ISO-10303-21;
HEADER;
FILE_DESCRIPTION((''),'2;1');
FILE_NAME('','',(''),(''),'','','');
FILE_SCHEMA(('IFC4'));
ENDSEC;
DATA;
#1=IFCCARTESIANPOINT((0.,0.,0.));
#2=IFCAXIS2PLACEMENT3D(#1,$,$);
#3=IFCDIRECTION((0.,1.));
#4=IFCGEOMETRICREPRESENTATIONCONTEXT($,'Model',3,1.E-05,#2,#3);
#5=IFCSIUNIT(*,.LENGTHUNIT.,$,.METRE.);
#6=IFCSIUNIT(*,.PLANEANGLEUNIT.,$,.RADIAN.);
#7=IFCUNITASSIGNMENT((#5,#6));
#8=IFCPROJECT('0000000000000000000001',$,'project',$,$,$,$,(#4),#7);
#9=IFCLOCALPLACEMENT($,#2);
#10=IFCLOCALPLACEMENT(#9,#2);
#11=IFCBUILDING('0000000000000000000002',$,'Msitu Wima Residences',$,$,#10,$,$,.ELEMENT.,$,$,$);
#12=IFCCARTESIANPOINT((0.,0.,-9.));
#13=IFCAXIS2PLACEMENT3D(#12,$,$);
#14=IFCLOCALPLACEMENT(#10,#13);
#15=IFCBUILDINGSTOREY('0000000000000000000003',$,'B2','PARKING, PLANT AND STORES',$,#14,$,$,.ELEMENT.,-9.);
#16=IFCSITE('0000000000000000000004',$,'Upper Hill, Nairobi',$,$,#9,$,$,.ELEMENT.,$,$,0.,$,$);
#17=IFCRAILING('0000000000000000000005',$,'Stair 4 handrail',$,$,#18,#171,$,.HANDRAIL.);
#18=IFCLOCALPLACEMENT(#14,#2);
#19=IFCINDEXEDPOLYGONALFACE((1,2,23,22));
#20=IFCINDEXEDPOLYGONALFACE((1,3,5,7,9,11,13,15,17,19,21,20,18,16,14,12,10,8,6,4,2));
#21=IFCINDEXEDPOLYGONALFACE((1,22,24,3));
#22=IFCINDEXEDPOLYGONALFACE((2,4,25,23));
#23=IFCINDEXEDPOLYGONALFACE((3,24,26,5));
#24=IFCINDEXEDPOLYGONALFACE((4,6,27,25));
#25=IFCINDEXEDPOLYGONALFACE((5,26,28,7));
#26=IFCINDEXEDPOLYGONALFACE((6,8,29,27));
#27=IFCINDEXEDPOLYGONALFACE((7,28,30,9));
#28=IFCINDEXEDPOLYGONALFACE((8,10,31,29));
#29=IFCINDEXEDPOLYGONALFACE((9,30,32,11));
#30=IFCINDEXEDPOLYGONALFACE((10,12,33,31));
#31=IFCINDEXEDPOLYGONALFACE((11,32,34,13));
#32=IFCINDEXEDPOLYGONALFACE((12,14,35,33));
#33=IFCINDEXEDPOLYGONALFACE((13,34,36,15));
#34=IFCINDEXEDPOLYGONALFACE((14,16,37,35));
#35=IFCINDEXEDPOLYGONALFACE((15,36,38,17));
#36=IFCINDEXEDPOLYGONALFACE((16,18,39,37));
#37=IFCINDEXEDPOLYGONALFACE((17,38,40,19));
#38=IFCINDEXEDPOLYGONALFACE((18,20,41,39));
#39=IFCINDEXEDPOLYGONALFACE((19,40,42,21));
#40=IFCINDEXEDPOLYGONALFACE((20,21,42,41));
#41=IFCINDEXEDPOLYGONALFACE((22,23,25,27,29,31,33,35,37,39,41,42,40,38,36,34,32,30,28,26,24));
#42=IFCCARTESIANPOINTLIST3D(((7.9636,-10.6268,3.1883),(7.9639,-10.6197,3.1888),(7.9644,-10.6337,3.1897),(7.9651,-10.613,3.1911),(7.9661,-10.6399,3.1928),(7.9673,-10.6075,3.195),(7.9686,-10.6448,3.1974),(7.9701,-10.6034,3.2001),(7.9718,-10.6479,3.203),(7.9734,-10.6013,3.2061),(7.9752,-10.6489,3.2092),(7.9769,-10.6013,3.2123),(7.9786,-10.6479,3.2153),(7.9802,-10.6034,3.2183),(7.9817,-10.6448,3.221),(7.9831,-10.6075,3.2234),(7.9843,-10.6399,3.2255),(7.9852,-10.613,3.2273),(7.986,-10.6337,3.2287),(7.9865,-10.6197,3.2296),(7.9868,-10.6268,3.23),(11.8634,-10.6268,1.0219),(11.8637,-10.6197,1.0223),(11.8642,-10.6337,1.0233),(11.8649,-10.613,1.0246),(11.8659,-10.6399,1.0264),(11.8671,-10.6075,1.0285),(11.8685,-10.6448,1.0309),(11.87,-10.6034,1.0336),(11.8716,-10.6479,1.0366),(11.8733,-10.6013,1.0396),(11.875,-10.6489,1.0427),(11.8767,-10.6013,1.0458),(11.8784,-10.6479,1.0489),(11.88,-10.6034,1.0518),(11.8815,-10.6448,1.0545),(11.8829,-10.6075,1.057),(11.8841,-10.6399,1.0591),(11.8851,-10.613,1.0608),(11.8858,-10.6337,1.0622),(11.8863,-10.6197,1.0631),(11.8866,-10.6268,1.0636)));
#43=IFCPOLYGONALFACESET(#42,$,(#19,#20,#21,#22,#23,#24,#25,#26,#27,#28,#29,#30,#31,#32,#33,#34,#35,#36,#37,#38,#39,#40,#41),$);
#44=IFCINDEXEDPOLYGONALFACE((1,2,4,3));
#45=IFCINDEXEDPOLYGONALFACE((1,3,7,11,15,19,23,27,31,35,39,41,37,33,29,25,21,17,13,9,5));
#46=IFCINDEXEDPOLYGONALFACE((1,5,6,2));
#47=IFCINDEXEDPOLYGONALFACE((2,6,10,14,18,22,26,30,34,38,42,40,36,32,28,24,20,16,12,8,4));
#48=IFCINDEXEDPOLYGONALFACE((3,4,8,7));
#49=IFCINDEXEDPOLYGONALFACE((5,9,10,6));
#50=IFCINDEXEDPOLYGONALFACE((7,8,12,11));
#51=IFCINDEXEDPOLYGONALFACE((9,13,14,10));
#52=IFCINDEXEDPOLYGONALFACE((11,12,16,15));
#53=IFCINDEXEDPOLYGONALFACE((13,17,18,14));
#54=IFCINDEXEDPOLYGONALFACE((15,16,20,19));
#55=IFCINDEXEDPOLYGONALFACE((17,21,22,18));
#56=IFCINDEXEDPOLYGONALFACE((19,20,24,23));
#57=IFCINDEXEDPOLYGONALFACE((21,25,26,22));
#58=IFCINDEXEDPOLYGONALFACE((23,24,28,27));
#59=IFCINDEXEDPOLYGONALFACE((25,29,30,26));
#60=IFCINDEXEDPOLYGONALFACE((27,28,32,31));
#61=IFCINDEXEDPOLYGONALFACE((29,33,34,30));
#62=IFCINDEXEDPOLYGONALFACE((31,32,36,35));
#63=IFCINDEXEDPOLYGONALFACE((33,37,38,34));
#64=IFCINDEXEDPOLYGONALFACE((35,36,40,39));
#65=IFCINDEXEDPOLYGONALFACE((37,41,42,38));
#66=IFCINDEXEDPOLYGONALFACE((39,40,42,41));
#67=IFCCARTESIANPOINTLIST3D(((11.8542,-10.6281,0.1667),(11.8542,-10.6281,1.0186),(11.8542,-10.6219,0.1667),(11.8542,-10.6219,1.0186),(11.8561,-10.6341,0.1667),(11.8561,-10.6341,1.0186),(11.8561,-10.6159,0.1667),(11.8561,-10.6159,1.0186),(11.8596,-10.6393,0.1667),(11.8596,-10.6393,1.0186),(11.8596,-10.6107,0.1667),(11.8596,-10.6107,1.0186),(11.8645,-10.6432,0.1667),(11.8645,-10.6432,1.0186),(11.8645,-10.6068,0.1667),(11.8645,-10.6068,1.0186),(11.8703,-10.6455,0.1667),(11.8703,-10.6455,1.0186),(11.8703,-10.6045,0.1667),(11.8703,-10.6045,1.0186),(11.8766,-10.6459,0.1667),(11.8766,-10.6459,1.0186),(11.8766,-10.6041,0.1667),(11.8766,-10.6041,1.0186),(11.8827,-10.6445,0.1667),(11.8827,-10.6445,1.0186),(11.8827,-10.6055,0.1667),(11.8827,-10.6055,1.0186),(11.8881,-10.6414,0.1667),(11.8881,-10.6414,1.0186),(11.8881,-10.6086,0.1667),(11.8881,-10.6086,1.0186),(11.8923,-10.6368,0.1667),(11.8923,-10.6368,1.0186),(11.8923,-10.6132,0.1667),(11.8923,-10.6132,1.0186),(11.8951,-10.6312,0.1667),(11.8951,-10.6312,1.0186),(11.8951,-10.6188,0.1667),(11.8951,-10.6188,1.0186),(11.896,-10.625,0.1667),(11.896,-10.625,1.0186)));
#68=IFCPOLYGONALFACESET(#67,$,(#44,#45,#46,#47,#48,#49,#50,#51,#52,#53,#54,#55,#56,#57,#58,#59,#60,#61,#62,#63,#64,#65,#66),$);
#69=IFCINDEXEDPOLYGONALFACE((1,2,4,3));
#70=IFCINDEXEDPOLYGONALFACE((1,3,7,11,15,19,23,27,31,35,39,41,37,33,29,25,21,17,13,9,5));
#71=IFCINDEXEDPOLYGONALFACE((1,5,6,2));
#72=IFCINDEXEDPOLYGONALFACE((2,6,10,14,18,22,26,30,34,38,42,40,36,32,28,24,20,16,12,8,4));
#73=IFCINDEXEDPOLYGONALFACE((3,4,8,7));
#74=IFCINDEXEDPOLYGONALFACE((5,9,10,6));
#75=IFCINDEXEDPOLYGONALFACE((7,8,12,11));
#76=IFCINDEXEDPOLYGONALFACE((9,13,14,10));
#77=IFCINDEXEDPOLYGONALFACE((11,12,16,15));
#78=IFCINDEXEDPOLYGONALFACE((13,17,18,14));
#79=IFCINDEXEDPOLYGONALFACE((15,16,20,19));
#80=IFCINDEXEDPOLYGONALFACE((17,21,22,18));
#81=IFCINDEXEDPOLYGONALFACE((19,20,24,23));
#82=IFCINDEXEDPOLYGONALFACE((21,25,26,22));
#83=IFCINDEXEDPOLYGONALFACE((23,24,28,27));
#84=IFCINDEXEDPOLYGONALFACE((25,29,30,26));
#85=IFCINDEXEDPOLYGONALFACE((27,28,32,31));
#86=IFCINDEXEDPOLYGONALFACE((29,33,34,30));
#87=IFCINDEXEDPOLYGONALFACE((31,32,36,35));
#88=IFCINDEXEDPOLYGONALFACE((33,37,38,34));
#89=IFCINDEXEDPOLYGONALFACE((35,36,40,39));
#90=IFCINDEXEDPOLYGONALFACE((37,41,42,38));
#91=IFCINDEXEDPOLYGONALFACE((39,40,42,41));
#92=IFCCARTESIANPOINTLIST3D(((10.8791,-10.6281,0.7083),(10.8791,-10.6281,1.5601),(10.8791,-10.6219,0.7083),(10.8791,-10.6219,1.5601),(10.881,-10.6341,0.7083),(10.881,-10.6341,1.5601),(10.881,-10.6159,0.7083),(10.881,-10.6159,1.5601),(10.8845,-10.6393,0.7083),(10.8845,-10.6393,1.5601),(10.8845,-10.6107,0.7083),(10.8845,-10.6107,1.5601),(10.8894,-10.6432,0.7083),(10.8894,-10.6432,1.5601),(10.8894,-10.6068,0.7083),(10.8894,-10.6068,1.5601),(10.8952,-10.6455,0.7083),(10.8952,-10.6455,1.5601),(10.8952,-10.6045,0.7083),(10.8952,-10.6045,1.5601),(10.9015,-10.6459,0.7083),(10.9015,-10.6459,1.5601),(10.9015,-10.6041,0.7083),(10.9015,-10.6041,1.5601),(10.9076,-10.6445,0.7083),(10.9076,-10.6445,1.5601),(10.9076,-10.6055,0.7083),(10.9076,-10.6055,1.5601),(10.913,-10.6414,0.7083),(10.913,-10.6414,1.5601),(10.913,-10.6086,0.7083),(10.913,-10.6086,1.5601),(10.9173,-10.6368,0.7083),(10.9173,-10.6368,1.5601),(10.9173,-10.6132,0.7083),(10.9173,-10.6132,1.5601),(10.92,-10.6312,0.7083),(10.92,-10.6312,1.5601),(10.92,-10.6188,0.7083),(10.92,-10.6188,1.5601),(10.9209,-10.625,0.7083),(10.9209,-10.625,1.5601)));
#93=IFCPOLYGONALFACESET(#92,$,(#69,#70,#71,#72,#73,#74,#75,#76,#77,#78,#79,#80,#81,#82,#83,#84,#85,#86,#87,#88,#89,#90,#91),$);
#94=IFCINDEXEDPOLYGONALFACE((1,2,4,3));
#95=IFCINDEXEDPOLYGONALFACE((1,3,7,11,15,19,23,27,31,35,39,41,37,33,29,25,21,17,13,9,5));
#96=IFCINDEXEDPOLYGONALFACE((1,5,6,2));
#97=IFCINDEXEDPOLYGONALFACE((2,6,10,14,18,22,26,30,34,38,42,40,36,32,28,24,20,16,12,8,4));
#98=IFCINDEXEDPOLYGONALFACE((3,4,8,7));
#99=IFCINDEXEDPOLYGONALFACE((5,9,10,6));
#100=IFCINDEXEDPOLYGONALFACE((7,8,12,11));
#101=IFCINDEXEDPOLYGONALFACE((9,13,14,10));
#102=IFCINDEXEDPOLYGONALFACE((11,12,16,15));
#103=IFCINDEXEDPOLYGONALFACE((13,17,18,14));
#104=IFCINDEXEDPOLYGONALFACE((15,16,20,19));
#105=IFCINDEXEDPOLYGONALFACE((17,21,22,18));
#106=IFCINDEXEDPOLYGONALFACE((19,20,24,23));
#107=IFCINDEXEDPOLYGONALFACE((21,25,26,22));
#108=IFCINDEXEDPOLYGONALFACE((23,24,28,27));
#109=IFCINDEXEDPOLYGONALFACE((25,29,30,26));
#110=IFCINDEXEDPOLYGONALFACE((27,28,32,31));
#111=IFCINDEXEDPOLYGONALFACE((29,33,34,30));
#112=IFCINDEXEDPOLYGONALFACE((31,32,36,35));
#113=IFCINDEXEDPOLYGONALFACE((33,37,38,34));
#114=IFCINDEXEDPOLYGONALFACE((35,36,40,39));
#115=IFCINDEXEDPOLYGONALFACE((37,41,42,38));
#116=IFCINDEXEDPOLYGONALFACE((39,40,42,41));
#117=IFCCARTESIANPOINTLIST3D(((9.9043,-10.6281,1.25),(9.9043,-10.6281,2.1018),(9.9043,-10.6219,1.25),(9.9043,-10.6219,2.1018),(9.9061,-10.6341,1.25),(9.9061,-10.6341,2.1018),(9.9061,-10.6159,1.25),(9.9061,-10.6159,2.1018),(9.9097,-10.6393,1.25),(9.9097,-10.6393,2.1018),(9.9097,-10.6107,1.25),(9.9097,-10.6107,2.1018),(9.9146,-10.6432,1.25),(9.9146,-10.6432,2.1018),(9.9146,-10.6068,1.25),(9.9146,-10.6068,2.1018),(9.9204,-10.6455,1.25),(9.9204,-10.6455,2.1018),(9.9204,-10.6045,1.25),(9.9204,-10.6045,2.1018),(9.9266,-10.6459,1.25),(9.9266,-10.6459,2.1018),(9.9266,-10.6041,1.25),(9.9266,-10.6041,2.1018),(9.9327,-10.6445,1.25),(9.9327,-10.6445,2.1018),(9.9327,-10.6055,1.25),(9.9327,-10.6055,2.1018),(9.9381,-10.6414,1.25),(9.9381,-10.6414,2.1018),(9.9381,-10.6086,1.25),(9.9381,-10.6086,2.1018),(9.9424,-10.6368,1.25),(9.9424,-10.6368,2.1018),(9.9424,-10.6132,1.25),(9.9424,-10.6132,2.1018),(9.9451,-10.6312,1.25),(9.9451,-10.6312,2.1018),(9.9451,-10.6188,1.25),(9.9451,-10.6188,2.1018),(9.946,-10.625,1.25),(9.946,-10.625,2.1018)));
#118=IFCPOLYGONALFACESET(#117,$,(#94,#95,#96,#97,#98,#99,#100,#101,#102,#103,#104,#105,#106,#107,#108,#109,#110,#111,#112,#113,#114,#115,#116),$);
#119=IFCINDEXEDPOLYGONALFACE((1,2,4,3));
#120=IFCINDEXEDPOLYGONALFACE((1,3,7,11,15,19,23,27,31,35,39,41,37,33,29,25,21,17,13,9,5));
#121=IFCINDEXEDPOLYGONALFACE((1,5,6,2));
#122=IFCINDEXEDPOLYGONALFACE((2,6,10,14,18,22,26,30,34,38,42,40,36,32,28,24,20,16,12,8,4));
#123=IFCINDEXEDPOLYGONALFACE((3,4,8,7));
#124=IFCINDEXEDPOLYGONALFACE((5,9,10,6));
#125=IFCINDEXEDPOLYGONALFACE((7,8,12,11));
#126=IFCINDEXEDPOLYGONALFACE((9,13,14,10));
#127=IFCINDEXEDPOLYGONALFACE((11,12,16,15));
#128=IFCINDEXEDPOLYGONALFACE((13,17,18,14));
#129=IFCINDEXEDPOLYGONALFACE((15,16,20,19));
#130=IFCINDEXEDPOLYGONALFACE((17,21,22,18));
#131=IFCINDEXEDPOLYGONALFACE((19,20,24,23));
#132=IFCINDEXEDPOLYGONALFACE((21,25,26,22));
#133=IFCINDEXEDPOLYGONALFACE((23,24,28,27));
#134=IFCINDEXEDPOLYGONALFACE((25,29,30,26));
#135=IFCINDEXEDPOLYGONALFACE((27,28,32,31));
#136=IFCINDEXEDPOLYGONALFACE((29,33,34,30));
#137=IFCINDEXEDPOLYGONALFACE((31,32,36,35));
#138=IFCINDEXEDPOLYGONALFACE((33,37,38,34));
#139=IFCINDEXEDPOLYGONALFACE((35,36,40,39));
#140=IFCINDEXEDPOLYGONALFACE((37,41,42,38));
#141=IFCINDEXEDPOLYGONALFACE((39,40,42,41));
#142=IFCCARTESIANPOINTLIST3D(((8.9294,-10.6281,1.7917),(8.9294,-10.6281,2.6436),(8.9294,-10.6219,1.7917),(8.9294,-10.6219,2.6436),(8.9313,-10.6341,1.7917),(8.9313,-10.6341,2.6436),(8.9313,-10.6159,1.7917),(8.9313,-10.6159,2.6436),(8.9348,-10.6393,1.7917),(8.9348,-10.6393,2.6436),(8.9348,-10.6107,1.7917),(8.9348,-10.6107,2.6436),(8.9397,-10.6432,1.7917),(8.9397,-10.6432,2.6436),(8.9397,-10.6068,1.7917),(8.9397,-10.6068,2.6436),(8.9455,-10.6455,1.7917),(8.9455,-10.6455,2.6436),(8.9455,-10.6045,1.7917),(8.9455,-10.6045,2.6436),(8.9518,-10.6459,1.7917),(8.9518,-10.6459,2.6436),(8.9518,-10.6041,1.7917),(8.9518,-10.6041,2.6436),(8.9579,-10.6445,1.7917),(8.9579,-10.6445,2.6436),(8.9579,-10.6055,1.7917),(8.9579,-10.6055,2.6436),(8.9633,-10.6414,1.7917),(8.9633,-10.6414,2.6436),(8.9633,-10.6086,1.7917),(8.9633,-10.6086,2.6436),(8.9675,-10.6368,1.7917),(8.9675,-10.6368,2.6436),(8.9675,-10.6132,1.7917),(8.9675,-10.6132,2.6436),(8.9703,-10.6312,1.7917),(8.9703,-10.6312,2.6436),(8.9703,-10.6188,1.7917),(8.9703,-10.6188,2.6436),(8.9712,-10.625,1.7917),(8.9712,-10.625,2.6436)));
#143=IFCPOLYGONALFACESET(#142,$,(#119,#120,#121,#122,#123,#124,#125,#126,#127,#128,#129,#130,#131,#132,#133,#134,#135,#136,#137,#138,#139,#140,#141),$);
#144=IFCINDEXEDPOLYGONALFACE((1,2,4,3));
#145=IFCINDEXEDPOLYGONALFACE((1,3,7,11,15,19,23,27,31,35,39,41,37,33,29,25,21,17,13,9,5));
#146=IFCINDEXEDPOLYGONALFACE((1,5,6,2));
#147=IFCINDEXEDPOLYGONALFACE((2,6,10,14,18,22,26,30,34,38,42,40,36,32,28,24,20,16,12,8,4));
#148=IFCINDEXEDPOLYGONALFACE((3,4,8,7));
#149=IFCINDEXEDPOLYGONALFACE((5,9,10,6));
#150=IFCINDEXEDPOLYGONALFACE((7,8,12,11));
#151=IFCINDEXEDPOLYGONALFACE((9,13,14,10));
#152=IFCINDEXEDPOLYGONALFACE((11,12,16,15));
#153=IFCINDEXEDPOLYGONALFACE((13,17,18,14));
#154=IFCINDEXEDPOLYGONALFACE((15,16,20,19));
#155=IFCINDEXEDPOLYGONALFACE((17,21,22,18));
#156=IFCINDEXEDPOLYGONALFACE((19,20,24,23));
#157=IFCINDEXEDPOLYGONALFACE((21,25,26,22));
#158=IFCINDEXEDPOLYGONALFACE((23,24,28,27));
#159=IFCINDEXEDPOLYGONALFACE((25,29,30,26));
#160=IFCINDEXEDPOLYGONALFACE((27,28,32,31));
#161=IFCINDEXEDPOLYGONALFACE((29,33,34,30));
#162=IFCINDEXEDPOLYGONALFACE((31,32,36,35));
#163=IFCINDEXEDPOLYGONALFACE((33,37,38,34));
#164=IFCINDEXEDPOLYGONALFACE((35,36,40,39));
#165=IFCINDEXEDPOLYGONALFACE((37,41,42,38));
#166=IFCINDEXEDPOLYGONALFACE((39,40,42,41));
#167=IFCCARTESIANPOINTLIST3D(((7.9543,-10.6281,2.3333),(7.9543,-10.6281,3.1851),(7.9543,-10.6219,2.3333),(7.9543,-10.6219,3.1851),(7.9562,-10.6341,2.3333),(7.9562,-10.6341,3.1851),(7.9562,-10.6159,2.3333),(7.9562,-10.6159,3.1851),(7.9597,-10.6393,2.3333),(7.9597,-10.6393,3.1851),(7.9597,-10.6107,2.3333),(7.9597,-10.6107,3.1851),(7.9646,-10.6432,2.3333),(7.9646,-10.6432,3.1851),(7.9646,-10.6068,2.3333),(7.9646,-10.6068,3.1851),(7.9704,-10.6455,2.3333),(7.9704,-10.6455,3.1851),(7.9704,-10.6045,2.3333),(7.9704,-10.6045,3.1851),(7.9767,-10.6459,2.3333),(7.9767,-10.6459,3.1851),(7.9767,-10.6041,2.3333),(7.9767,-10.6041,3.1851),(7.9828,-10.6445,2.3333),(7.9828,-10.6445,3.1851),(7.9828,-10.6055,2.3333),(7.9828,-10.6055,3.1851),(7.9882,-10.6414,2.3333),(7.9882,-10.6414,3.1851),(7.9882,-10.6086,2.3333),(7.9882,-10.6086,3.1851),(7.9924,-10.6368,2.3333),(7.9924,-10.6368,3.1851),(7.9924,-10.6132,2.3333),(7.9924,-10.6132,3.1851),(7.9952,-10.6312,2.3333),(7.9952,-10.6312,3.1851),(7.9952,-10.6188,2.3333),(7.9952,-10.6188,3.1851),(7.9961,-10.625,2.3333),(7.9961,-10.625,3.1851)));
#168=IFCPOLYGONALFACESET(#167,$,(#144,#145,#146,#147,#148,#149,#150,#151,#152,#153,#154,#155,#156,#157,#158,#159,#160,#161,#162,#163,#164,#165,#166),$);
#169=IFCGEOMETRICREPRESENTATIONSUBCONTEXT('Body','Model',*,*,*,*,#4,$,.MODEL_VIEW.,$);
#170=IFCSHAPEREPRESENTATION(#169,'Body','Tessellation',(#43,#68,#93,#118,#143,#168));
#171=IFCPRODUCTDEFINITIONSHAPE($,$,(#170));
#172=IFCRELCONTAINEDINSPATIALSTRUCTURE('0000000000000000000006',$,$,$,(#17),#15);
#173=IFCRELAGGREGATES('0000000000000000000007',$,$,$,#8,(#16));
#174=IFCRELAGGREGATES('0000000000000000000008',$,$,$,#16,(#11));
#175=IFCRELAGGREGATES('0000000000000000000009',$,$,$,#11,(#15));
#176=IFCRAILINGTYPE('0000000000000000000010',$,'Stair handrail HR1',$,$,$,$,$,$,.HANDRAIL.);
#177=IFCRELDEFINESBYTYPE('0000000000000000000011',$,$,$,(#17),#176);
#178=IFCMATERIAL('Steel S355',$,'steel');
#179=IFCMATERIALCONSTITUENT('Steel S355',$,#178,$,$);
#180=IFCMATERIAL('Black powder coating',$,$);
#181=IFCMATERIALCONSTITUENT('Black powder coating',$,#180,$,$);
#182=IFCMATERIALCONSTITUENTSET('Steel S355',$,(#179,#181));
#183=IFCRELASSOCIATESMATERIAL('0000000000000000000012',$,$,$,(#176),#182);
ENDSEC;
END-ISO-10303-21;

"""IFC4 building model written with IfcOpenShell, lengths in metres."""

from ifc_helpers import new_model, si_unit, direction, frame, origin, origin_2d, place, context, subcontext, project, spatial, circle, extrude, material, constituent, constituent_set, type_object, element, save


model = new_model("IFC4")

# Units and contexts
model_context = context("Model", 3, precision=1e-05, world=origin(), true_north=direction((0.0, 1.0)))
body_context = subcontext(model_context, "Body", "Model", "MODEL_VIEW")
ifc_project = project(units=[si_unit("LENGTHUNIT", "METRE"), si_unit("PLANEANGLEUNIT", "RADIAN")], contexts=[model_context])

# Site, building, storey
site_placement = place(None, origin())
site = spatial("IfcSite", under=ifc_project, at=site_placement, Name="Upper Hill, Nairobi", CompositionType="ELEMENT", RefElevation=0.0)
building_placement = place(site_placement, origin())
building = spatial("IfcBuilding", under=site, at=building_placement, Name="Msitu Wima Residences", CompositionType="ELEMENT")
storey_placement = place(building_placement, frame((0.0, 0.0, -9.0)))
storey = spatial("IfcBuildingStorey", under=building, at=storey_placement, Name="B2", Description="PARKING, PLANT AND STORES", CompositionType="ELEMENT", Elevation=-9.0)

# Railing
ifc_material_1 = material(Name="Steel S355", Category="steel")
ifc_constituent_1 = constituent(ifc_material_1, Name="Steel S355")
ifc_material_2 = material(Name="Black powder coating")
ifc_constituent_2 = constituent(ifc_material_2, Name="Black powder coating")
ifc_constituent_set = constituent_set(constituents=[ifc_constituent_1, ifc_constituent_2], Name="Steel S355")
railing_type = type_object("IfcRailingType", Name="Stair handrail HR1", PredefinedType="HANDRAIL", material=ifc_constituent_set)
for number, where, name in (
    (1, (11.875, -10.625, 0.1667), "Stair 4 handrail"),
):
    element("IfcRailing", number, at=place(storey_placement, frame(where)), inside=storey, type_object=railing_type, Name=name, PredefinedType="HANDRAIL", context=body_context, shape_type="SweptSolid", body=[
        extrude(circle(Radius=0.0239, at=origin_2d()), frame((0.0, 0.0, 0.876), z_axis=(-0.874168, 0.0, 0.485624), x_axis=(0.0, -1.0, 0.0)), (0.0, 0.0, 1.0), 4.4612),
        extrude(circle(Radius=0.021, at=origin_2d()), origin(), (0.0, 0.0, 1.0), 0.8518),
        extrude(circle(Radius=0.021, at=origin_2d()), frame((-0.9751, 0.0, 0.5415)), (0.0, 0.0, 1.0), 0.8518),
        extrude(circle(Radius=0.021, at=origin_2d()), frame((-1.95, 0.0, 1.0833)), (0.0, 0.0, 1.0), 0.8518),
        extrude(circle(Radius=0.021, at=origin_2d()), frame((-2.9248, 0.0, 1.625)), (0.0, 0.0, 1.0), 0.8518),
        extrude(circle(Radius=0.021, at=origin_2d()), frame((-3.8999, 0.0, 2.1665)), (0.0, 0.0, 1.0), 0.8518),
    ])

save(model, "model.ifc")
